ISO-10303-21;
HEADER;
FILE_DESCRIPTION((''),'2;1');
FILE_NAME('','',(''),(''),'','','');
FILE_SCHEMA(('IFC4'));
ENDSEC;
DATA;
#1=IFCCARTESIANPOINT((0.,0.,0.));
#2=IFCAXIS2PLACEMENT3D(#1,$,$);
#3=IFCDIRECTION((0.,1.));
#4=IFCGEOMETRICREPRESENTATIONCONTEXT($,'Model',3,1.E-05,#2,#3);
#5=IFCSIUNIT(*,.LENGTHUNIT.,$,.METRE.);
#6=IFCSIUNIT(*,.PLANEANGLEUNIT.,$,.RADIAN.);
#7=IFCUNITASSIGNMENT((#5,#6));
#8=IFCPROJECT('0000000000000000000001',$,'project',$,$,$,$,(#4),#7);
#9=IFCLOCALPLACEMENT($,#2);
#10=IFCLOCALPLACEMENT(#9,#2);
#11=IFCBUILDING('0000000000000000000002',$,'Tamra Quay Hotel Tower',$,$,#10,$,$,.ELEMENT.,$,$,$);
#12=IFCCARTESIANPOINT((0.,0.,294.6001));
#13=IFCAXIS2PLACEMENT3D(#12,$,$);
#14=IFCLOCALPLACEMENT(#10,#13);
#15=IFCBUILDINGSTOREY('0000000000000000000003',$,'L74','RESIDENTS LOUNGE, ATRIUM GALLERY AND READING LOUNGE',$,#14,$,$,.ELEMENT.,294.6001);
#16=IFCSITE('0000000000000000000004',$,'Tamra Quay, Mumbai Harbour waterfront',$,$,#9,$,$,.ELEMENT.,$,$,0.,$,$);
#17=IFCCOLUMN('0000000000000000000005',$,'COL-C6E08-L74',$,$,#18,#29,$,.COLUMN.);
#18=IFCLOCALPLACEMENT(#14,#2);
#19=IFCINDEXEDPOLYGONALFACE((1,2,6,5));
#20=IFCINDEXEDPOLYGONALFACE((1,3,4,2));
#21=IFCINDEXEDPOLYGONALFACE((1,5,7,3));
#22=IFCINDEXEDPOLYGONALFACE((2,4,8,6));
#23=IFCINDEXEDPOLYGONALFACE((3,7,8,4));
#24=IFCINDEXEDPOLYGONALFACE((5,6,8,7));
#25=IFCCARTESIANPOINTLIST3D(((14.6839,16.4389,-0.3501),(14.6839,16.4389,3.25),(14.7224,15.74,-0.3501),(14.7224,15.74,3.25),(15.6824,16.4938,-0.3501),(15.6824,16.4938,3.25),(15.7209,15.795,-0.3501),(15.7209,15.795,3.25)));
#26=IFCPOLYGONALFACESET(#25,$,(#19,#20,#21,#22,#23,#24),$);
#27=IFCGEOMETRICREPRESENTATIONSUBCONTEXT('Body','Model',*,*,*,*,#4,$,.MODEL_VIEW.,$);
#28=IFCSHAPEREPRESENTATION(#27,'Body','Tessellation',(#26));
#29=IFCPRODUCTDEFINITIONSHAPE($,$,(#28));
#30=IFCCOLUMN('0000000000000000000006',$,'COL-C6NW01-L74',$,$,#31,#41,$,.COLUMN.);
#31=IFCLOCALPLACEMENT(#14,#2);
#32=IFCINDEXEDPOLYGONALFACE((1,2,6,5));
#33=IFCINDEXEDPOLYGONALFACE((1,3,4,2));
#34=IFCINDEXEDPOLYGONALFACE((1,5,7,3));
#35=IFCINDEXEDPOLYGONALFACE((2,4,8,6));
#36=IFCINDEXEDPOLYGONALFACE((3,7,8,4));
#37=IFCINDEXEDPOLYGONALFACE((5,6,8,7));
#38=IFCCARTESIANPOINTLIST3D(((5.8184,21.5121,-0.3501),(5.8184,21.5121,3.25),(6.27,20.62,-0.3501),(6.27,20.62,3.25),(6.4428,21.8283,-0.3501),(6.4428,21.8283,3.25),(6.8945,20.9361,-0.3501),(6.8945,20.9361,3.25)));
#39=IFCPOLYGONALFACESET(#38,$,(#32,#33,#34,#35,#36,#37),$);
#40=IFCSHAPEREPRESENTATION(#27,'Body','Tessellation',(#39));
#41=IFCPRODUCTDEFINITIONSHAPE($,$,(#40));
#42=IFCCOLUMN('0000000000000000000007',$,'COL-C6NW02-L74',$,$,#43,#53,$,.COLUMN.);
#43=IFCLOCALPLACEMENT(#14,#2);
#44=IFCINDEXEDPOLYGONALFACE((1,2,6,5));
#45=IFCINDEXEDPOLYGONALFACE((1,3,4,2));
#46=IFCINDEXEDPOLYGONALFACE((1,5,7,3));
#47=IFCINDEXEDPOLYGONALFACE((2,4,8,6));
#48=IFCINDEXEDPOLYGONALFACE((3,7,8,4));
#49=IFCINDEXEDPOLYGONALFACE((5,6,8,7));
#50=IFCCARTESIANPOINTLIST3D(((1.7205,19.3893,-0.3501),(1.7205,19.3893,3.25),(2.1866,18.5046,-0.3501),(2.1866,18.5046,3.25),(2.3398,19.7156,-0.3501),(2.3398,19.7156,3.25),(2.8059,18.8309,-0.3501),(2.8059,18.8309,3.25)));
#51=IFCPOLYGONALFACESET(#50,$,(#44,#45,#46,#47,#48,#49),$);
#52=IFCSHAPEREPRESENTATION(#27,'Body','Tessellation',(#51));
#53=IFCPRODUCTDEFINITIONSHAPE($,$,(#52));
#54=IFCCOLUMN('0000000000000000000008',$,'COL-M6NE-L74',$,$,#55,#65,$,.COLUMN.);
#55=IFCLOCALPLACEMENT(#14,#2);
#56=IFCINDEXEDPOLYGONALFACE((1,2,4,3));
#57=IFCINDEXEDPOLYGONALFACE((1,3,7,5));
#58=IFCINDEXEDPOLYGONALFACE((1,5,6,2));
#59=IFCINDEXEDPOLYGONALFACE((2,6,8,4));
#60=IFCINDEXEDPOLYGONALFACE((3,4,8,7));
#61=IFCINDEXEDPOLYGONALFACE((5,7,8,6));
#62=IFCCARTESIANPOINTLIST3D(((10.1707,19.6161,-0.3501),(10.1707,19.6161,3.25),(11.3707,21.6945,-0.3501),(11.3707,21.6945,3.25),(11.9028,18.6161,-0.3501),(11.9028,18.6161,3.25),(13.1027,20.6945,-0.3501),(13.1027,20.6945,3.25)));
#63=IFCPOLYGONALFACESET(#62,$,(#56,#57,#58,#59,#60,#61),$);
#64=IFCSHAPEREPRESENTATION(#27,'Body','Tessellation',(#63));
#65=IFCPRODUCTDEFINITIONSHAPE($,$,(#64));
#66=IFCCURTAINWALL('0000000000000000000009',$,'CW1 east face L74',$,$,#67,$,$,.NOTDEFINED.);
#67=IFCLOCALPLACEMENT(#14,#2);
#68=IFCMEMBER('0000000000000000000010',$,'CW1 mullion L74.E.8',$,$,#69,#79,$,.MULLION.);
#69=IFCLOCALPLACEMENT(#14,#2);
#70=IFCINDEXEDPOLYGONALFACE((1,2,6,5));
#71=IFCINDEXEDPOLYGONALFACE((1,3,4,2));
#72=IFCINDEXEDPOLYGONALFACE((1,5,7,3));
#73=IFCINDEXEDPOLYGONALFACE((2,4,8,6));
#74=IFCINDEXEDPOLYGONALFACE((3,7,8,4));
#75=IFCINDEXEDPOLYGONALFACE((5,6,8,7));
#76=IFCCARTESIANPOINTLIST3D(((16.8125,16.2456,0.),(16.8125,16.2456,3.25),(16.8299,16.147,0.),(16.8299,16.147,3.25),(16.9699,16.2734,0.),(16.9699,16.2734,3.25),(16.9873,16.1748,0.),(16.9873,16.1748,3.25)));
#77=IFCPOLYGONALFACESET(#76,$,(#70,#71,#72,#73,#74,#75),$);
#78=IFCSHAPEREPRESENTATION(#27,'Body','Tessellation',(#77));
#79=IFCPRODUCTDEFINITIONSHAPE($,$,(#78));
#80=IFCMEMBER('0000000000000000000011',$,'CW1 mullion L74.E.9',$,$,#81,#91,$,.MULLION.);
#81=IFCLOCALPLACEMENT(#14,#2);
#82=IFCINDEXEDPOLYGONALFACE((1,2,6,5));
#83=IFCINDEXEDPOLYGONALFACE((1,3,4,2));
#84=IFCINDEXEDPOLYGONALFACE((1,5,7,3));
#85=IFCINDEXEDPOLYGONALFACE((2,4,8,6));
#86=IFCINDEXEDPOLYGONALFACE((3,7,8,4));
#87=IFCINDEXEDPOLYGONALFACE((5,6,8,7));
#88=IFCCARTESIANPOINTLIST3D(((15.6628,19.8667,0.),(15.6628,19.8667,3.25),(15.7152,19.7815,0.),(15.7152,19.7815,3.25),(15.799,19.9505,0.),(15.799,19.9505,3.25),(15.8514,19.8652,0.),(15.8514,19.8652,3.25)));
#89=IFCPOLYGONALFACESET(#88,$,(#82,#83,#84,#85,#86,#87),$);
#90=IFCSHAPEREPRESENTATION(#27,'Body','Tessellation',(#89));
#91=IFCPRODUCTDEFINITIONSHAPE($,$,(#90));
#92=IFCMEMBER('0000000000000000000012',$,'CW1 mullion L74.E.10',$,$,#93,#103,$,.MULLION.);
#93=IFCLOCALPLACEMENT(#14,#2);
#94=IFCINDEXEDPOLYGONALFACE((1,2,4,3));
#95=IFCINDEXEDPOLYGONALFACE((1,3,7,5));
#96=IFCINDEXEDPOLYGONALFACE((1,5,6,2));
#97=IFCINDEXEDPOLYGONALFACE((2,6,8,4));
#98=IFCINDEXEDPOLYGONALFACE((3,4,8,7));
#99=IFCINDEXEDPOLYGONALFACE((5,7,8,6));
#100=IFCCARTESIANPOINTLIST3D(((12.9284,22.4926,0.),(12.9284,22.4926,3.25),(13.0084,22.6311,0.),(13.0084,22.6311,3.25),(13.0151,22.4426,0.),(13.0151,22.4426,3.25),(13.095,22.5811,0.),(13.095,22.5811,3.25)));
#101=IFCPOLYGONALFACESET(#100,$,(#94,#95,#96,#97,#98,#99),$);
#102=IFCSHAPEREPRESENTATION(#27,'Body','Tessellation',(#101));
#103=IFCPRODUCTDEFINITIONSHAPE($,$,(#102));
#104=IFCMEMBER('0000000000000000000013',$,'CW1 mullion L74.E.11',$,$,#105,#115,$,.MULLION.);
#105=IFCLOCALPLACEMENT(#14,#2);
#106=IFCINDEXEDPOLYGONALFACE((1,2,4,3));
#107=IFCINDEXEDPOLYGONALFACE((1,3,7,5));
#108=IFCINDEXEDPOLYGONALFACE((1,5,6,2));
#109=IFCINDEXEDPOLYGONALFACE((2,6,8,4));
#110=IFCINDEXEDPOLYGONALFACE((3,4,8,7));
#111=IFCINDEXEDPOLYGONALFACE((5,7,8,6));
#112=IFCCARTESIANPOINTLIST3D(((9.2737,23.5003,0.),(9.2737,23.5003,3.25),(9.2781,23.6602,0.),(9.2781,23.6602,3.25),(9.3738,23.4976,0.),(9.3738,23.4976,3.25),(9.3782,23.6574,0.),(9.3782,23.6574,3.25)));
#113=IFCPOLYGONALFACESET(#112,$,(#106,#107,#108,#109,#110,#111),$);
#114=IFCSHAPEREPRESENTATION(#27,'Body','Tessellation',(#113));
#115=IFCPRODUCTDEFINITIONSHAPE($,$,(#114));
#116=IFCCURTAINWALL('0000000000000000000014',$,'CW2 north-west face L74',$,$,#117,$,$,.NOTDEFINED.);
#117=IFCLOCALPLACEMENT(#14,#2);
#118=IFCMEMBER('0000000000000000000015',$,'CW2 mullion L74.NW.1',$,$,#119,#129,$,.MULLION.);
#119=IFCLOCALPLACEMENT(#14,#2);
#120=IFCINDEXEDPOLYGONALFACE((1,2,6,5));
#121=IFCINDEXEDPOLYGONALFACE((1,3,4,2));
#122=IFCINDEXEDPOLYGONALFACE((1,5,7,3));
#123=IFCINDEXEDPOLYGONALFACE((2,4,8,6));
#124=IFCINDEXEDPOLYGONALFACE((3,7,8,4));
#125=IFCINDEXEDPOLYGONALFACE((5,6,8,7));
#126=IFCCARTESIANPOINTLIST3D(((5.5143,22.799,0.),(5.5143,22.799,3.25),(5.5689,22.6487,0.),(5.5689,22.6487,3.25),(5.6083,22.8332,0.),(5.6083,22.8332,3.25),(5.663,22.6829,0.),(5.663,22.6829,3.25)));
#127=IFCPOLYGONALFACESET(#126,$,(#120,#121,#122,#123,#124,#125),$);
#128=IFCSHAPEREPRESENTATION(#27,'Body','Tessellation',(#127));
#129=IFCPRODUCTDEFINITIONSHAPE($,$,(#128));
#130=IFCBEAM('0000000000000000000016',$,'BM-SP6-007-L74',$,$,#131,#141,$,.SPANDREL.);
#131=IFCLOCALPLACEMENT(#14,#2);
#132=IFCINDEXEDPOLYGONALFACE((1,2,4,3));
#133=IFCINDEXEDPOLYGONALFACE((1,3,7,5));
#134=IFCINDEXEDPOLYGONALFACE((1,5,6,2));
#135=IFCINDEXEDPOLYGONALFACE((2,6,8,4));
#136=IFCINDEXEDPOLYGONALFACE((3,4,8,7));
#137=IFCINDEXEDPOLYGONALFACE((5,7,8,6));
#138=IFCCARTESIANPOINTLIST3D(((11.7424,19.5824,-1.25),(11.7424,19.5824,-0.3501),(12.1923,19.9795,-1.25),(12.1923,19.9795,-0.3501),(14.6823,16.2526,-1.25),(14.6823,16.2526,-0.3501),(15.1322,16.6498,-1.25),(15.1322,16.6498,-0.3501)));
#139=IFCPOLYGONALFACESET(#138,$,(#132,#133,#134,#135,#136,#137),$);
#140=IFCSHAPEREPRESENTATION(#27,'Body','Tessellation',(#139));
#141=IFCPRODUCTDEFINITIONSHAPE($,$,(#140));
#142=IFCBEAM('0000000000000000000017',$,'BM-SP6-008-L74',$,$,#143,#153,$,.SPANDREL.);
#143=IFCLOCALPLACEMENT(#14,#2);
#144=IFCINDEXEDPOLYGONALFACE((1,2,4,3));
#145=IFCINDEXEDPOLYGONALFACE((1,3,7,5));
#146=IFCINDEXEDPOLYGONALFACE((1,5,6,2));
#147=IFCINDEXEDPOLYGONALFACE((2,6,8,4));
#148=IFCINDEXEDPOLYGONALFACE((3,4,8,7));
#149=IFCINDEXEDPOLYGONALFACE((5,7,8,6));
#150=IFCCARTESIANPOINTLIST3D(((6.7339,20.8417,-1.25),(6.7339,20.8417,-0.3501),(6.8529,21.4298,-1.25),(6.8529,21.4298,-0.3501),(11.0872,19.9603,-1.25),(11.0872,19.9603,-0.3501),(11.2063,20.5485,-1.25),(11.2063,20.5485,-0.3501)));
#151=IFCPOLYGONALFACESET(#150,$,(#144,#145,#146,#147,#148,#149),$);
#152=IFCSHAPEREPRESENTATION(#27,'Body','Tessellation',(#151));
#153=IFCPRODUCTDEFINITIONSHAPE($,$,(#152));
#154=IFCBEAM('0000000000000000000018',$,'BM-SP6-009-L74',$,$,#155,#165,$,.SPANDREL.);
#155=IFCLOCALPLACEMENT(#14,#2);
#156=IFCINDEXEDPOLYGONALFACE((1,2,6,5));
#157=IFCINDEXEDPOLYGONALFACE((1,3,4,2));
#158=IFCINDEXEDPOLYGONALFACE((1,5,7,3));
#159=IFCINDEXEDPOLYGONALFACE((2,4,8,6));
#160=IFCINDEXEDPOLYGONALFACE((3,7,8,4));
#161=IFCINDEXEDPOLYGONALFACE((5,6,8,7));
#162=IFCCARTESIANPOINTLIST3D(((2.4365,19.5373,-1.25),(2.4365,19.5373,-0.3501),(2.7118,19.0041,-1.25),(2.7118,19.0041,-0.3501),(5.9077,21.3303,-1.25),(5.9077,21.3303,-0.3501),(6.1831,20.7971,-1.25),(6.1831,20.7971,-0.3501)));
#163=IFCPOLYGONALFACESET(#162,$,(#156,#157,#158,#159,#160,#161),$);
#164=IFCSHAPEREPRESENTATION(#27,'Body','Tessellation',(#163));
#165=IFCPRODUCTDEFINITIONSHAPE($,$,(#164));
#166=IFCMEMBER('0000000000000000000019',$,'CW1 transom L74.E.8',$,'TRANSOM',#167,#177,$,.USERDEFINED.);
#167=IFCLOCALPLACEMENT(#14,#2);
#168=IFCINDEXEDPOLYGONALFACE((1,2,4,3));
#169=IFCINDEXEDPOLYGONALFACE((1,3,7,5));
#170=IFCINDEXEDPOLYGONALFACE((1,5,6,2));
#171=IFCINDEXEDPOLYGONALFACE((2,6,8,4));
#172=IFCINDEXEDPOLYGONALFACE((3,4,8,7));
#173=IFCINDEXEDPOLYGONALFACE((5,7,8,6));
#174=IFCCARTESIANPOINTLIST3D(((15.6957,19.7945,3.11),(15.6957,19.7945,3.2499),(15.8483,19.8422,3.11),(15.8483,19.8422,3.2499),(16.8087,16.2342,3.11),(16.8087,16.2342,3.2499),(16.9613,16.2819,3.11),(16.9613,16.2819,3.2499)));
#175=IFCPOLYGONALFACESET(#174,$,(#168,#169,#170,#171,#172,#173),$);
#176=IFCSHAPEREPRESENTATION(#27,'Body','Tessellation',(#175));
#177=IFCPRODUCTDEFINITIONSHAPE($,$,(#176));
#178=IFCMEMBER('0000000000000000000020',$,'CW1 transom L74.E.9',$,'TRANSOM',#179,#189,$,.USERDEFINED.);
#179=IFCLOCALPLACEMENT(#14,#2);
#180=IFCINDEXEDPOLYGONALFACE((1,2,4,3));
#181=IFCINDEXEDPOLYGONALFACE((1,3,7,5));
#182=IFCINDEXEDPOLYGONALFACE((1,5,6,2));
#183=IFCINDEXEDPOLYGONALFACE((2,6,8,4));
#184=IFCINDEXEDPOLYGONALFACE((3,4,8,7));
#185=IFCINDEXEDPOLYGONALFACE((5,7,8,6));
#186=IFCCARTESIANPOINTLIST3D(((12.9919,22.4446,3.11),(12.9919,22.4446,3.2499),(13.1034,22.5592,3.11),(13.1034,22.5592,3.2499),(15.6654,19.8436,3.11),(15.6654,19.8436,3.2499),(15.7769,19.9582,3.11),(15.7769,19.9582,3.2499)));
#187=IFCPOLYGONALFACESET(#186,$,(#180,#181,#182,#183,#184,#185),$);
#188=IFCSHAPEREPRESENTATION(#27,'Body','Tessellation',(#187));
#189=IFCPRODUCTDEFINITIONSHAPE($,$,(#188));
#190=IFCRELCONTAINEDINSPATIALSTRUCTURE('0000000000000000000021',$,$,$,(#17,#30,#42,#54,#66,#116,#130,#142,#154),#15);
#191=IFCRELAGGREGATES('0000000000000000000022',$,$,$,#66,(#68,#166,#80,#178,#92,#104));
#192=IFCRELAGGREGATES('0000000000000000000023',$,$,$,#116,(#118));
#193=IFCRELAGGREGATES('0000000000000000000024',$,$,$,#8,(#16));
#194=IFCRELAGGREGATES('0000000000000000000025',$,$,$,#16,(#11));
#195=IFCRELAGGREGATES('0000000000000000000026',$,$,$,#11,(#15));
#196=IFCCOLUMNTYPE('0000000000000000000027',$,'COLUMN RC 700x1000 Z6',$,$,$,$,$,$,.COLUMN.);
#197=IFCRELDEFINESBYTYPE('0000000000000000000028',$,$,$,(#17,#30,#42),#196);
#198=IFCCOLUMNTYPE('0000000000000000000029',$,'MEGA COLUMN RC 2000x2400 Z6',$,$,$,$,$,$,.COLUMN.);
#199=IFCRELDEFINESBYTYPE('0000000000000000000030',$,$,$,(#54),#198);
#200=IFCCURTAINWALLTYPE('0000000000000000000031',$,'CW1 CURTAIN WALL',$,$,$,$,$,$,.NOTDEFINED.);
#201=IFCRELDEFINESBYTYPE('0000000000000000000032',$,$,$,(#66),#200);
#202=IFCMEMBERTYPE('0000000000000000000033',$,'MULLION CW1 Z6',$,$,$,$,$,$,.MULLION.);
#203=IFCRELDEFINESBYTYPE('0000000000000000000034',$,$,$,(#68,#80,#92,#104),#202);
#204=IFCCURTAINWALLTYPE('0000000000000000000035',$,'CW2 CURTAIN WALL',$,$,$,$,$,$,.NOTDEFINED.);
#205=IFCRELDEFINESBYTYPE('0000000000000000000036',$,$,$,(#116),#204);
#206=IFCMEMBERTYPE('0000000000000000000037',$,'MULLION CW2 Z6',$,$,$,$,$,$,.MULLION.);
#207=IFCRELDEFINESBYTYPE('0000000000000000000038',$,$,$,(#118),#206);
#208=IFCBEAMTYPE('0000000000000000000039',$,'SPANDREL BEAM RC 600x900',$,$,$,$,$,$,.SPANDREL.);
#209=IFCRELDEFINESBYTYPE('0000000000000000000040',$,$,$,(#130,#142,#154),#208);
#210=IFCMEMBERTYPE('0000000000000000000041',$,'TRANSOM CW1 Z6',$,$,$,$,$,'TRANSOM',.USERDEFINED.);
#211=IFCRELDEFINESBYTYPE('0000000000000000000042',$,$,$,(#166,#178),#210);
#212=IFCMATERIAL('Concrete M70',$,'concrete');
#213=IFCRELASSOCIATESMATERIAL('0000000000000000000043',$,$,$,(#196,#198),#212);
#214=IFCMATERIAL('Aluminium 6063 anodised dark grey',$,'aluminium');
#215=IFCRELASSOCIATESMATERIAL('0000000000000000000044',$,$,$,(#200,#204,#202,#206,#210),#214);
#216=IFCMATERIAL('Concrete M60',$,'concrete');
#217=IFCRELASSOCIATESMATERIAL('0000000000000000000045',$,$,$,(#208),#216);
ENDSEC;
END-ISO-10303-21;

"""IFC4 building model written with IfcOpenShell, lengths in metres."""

from ifc_helpers import new_model, si_unit, direction, frame, origin, origin_2d, place, context, subcontext, project, spatial, rectangle, extrude, material, material_profile, profile_set, type_object, element, aggregate, save


model = new_model("IFC4")

# Units and contexts
model_context = context("Model", 3, precision=1e-05, world=origin(), true_north=direction((0.0, 1.0)))
body_context = subcontext(model_context, "Body", "Model", "MODEL_VIEW")
ifc_project = project(units=[si_unit("LENGTHUNIT", "METRE"), si_unit("PLANEANGLEUNIT", "RADIAN")], contexts=[model_context])

# Site, building, storey
site_placement = place(None, origin())
site = spatial("IfcSite", under=ifc_project, at=site_placement, Name="Tamra Quay, Mumbai Harbour waterfront", CompositionType="ELEMENT", RefElevation=0.0)
building_placement = place(site_placement, origin())
building = spatial("IfcBuilding", under=site, at=building_placement, Name="Tamra Quay Hotel Tower", CompositionType="ELEMENT")
storey_placement = place(building_placement, frame((0.0, 0.0, 294.6001)))
storey = spatial("IfcBuildingStorey", under=building, at=storey_placement, Name="L74", Description="RESIDENTS LOUNGE, ATRIUM GALLERY AND READING LOUNGE", CompositionType="ELEMENT", Elevation=294.6001)

# Columns
ifc_material_1 = material(Name="Concrete M70", Category="concrete")
ifc_material_profile_1 = material_profile(ifc_material_1, rectangle(XDim=1.0, YDim=0.7, at=origin_2d()), Name="COLUMN RC 700x1000 Z6")
ifc_profile_set_1 = profile_set([ifc_material_profile_1], Name="Concrete M70")
column_type_1 = type_object("IfcColumnType", Name="COLUMN RC 700x1000 Z6", PredefinedType="COLUMN", material=ifc_profile_set_1)
for number, where, z_axis, x_axis, name in (
    (1, (15.2024, 16.1169, -0.3501), (0.0, 0.0, 1.0), (0.998491, 0.054917, 0.0), "COL-C6E08-L74"),
    (2, (6.3564, 21.2241, -0.3501), (0.0, 0.0, 1.0), (-0.451686, 0.892177, 0.0), "COL-C6NW01-L74"),
    (3, (2.2632, 19.1101, -0.3501), (0.0, 0.0, 1.0), (-0.466118, 0.884723, 0.0), "COL-C6NW02-L74"),
):
    element("IfcColumn", number, at=place(storey_placement, frame(where, z_axis=z_axis, x_axis=x_axis)), inside=storey, type_object=column_type_1, Name=name, PredefinedType="COLUMN", context=body_context, shape_type="SweptSolid", body=[
        extrude(rectangle(XDim=1.0, YDim=0.7, at=origin_2d()), origin(), (0.0, 0.0, 1.0), 3.6001),
    ])
ifc_material_profile_2 = material_profile(ifc_material_1, rectangle(XDim=2.3999, YDim=2.0, at=origin_2d()), Name="MEGA COLUMN RC 2000x2400 Z6")
ifc_profile_set_2 = profile_set([ifc_material_profile_2], Name="Concrete M70")
column_type_2 = type_object("IfcColumnType", Name="MEGA COLUMN RC 2000x2400 Z6", PredefinedType="COLUMN", material=ifc_profile_set_2)
column_placement = place(storey_placement, frame((11.6367, 20.1553, -0.3501), z_axis=(0.0, 0.0, 1.0), x_axis=(0.5, 0.866025, 0.0)))
element("IfcColumn", 4, at=column_placement, inside=storey, type_object=column_type_2, Name="COL-M6NE-L74", PredefinedType="COLUMN", context=body_context, shape_type="SweptSolid", body=[
    extrude(rectangle(XDim=2.3999, YDim=2.0, at=origin_2d()), origin(), (0.0, 0.0, 1.0), 3.6001),
])

# Curtain wall, members
ifc_material_2 = material(Name="Aluminium 6063 anodised dark grey", Category="aluminium")
curtain_wall_type_1 = type_object("IfcCurtainWallType", Name="CW1 CURTAIN WALL", PredefinedType="NOTDEFINED", material=ifc_material_2)
curtain_wall_1_placement = place(storey_placement, origin())
curtain_wall_1 = element("IfcCurtainWall", 5, at=curtain_wall_1_placement, inside=storey, type_object=curtain_wall_type_1, Name="CW1 east face L74", PredefinedType="NOTDEFINED")
ifc_material_profile_3 = material_profile(ifc_material_2, rectangle(XDim=0.1599, YDim=0.1001, at=origin_2d()), Name="MULLION 100X160")
ifc_profile_set_3 = profile_set([ifc_material_profile_3], Name="Aluminium 6063 anodised dark grey")
member_type_1 = type_object("IfcMemberType", Name="MULLION CW1 Z6", PredefinedType="MULLION", material=ifc_profile_set_3)
member_1_placement = place(storey_placement, frame((16.8999, 16.2102, 0.0), z_axis=(0.0, 0.0, 1.0), x_axis=(0.98474, 0.174032, 0.0)))
member_1 = element("IfcMember", 6, at=member_1_placement, type_object=member_type_1, Name="CW1 mullion L74.E.8", PredefinedType="MULLION", context=body_context, shape_type="SweptSolid", body=[
    extrude(rectangle(XDim=0.1599, YDim=0.1001, at=origin_2d()), origin(), (0.0, 0.0, 1.0), 3.25),
])
member_2_placement = place(storey_placement, frame((15.7571, 19.866, 0.0), z_axis=(0.0, 0.0, 1.0), x_axis=(0.851964, 0.5236, 0.0)))
member_2 = element("IfcMember", 7, at=member_2_placement, type_object=member_type_1, Name="CW1 mullion L74.E.9", PredefinedType="MULLION", context=body_context, shape_type="SweptSolid", body=[
    extrude(rectangle(XDim=0.1599, YDim=0.1001, at=origin_2d()), origin(), (0.0, 0.0, 1.0), 3.25),
])
member_3_placement = place(storey_placement, frame((13.0117, 22.5369, 0.0), z_axis=(0.0, 0.0, 1.0), x_axis=(0.5, 0.866025, 0.0)))
member_3 = element("IfcMember", 8, at=member_3_placement, type_object=member_type_1, Name="CW1 mullion L74.E.10", PredefinedType="MULLION", context=body_context, shape_type="SweptSolid", body=[
    extrude(rectangle(XDim=0.1599, YDim=0.1001, at=origin_2d()), origin(), (0.0, 0.0, 1.0), 3.25),
])
member_4_placement = place(storey_placement, frame((9.3259, 23.5789, 0.0), z_axis=(0.0, 0.0, 1.0), x_axis=(0.027469, 0.999623, 0.0)))
member_4 = element("IfcMember", 9, at=member_4_placement, type_object=member_type_1, Name="CW1 mullion L74.E.11", PredefinedType="MULLION", context=body_context, shape_type="SweptSolid", body=[
    extrude(rectangle(XDim=0.1599, YDim=0.1001, at=origin_2d()), origin(), (0.0, 0.0, 1.0), 3.25),
])

# Curtain wall, member
curtain_wall_type_2 = type_object("IfcCurtainWallType", Name="CW2 CURTAIN WALL", PredefinedType="NOTDEFINED", material=ifc_material_2)
curtain_wall_2_placement = place(storey_placement, origin())
curtain_wall_2 = element("IfcCurtainWall", 10, at=curtain_wall_2_placement, inside=storey, type_object=curtain_wall_type_2, Name="CW2 north-west face L74", PredefinedType="NOTDEFINED")
ifc_material_profile_4 = material_profile(ifc_material_2, rectangle(XDim=0.1599, YDim=0.1001, at=origin_2d()), Name="MULLION 100X160")
ifc_profile_set_4 = profile_set([ifc_material_profile_4], Name="Aluminium 6063 anodised dark grey")
member_type_2 = type_object("IfcMemberType", Name="MULLION CW2 Z6", PredefinedType="MULLION", material=ifc_profile_set_4)
member_5_placement = place(storey_placement, frame((5.5886, 22.741, 0.0), z_axis=(0.0, 0.0, 1.0), x_axis=(-0.341653, 0.939826, 0.0)))
member_5 = element("IfcMember", 11, at=member_5_placement, type_object=member_type_2, Name="CW2 mullion L74.NW.1", PredefinedType="MULLION", context=body_context, shape_type="SweptSolid", body=[
    extrude(rectangle(XDim=0.1599, YDim=0.1001, at=origin_2d()), origin(), (0.0, 0.0, 1.0), 3.25),
])

# Beams
ifc_material_3 = material(Name="Concrete M60", Category="concrete")
ifc_material_profile_5 = material_profile(ifc_material_3, rectangle(XDim=0.6001, YDim=0.8999, at=origin_2d()), Name="SPANDREL BEAM RC 600x900")
ifc_profile_set_5 = profile_set([ifc_material_profile_5], Name="Concrete M60")
beam_type = type_object("IfcBeamType", Name="SPANDREL BEAM RC 600x900", PredefinedType="SPANDREL", material=ifc_profile_set_5)
beam_1_placement = place(storey_placement, frame((14.9072, 16.4512, -0.8), z_axis=(-0.661856, 0.749631, 0.0), x_axis=(-0.749631, -0.661856, 0.0)))
element("IfcBeam", 12, at=beam_1_placement, inside=storey, type_object=beam_type, Name="BM-SP6-007-L74", PredefinedType="SPANDREL", context=body_context, shape_type="SweptSolid", body=[
    extrude(rectangle(XDim=0.6001, YDim=0.8999, at=origin_2d()), origin(), (0.0, 0.0, 1.0), 4.4419),
])
beam_2_placement = place(storey_placement, frame((11.1467, 20.2544, -0.8), z_axis=(-0.980115, 0.198431, 0.0), x_axis=(-0.198431, -0.980115, 0.0)))
element("IfcBeam", 13, at=beam_2_placement, inside=storey, type_object=beam_type, Name="BM-SP6-008-L74", PredefinedType="SPANDREL", context=body_context, shape_type="SweptSolid", body=[
    extrude(rectangle(XDim=0.6001, YDim=0.8999, at=origin_2d()), origin(), (0.0, 0.0, 1.0), 4.4417),
])
beam_3_placement = place(storey_placement, frame((6.0454, 21.0637, -0.8), z_axis=(-0.888476, -0.458923, 0.0), x_axis=(0.458923, -0.888476, 0.0)))
element("IfcBeam", 14, at=beam_3_placement, inside=storey, type_object=beam_type, Name="BM-SP6-009-L74", PredefinedType="SPANDREL", context=body_context, shape_type="SweptSolid", body=[
    extrude(rectangle(XDim=0.6001, YDim=0.8999, at=origin_2d()), origin(), (0.0, 0.0, 1.0), 3.907),
])

# Members
ifc_material_profile_6 = material_profile(ifc_material_2, rectangle(XDim=0.1599, YDim=0.1399, at=origin_2d()), Name="TRANSOM 160X140")
ifc_profile_set_6 = profile_set([ifc_material_profile_6], Name="Aluminium 6063 anodised dark grey")
member_type_3 = type_object("IfcMemberType", Name="TRANSOM CW1 Z6", ElementType="TRANSOM", PredefinedType="USERDEFINED", material=ifc_profile_set_6)
member_6_placement = place(storey_placement, frame((16.885, 16.2581, 3.1799), z_axis=(-0.298383, 0.954446, 0.0), x_axis=(-0.954446, -0.298383, 0.0)))
member_6 = element("IfcMember", 15, at=member_6_placement, type_object=member_type_3, Name="CW1 transom L74.E.8", ObjectType="TRANSOM", PredefinedType="USERDEFINED", context=body_context, shape_type="SweptSolid", body=[
    extrude(rectangle(XDim=0.1599, YDim=0.1399, at=origin_2d()), origin(), (0.0, 0.0, 1.0), 3.7302),
])
member_7_placement = place(storey_placement, frame((15.7212, 19.9009, 3.1799), z_axis=(-0.71676, 0.69732, 0.0), x_axis=(-0.69732, -0.71676, 0.0)))
member_7 = element("IfcMember", 16, at=member_7_placement, type_object=member_type_3, Name="CW1 transom L74.E.9", ObjectType="TRANSOM", PredefinedType="USERDEFINED", context=body_context, shape_type="SweptSolid", body=[
    extrude(rectangle(XDim=0.1599, YDim=0.1399, at=origin_2d()), origin(), (0.0, 0.0, 1.0), 3.73),
])

aggregate(curtain_wall_1, [member_1, member_6, member_2, member_7, member_3, member_4])
aggregate(curtain_wall_2, [member_5])

save(model, "model.ifc")
